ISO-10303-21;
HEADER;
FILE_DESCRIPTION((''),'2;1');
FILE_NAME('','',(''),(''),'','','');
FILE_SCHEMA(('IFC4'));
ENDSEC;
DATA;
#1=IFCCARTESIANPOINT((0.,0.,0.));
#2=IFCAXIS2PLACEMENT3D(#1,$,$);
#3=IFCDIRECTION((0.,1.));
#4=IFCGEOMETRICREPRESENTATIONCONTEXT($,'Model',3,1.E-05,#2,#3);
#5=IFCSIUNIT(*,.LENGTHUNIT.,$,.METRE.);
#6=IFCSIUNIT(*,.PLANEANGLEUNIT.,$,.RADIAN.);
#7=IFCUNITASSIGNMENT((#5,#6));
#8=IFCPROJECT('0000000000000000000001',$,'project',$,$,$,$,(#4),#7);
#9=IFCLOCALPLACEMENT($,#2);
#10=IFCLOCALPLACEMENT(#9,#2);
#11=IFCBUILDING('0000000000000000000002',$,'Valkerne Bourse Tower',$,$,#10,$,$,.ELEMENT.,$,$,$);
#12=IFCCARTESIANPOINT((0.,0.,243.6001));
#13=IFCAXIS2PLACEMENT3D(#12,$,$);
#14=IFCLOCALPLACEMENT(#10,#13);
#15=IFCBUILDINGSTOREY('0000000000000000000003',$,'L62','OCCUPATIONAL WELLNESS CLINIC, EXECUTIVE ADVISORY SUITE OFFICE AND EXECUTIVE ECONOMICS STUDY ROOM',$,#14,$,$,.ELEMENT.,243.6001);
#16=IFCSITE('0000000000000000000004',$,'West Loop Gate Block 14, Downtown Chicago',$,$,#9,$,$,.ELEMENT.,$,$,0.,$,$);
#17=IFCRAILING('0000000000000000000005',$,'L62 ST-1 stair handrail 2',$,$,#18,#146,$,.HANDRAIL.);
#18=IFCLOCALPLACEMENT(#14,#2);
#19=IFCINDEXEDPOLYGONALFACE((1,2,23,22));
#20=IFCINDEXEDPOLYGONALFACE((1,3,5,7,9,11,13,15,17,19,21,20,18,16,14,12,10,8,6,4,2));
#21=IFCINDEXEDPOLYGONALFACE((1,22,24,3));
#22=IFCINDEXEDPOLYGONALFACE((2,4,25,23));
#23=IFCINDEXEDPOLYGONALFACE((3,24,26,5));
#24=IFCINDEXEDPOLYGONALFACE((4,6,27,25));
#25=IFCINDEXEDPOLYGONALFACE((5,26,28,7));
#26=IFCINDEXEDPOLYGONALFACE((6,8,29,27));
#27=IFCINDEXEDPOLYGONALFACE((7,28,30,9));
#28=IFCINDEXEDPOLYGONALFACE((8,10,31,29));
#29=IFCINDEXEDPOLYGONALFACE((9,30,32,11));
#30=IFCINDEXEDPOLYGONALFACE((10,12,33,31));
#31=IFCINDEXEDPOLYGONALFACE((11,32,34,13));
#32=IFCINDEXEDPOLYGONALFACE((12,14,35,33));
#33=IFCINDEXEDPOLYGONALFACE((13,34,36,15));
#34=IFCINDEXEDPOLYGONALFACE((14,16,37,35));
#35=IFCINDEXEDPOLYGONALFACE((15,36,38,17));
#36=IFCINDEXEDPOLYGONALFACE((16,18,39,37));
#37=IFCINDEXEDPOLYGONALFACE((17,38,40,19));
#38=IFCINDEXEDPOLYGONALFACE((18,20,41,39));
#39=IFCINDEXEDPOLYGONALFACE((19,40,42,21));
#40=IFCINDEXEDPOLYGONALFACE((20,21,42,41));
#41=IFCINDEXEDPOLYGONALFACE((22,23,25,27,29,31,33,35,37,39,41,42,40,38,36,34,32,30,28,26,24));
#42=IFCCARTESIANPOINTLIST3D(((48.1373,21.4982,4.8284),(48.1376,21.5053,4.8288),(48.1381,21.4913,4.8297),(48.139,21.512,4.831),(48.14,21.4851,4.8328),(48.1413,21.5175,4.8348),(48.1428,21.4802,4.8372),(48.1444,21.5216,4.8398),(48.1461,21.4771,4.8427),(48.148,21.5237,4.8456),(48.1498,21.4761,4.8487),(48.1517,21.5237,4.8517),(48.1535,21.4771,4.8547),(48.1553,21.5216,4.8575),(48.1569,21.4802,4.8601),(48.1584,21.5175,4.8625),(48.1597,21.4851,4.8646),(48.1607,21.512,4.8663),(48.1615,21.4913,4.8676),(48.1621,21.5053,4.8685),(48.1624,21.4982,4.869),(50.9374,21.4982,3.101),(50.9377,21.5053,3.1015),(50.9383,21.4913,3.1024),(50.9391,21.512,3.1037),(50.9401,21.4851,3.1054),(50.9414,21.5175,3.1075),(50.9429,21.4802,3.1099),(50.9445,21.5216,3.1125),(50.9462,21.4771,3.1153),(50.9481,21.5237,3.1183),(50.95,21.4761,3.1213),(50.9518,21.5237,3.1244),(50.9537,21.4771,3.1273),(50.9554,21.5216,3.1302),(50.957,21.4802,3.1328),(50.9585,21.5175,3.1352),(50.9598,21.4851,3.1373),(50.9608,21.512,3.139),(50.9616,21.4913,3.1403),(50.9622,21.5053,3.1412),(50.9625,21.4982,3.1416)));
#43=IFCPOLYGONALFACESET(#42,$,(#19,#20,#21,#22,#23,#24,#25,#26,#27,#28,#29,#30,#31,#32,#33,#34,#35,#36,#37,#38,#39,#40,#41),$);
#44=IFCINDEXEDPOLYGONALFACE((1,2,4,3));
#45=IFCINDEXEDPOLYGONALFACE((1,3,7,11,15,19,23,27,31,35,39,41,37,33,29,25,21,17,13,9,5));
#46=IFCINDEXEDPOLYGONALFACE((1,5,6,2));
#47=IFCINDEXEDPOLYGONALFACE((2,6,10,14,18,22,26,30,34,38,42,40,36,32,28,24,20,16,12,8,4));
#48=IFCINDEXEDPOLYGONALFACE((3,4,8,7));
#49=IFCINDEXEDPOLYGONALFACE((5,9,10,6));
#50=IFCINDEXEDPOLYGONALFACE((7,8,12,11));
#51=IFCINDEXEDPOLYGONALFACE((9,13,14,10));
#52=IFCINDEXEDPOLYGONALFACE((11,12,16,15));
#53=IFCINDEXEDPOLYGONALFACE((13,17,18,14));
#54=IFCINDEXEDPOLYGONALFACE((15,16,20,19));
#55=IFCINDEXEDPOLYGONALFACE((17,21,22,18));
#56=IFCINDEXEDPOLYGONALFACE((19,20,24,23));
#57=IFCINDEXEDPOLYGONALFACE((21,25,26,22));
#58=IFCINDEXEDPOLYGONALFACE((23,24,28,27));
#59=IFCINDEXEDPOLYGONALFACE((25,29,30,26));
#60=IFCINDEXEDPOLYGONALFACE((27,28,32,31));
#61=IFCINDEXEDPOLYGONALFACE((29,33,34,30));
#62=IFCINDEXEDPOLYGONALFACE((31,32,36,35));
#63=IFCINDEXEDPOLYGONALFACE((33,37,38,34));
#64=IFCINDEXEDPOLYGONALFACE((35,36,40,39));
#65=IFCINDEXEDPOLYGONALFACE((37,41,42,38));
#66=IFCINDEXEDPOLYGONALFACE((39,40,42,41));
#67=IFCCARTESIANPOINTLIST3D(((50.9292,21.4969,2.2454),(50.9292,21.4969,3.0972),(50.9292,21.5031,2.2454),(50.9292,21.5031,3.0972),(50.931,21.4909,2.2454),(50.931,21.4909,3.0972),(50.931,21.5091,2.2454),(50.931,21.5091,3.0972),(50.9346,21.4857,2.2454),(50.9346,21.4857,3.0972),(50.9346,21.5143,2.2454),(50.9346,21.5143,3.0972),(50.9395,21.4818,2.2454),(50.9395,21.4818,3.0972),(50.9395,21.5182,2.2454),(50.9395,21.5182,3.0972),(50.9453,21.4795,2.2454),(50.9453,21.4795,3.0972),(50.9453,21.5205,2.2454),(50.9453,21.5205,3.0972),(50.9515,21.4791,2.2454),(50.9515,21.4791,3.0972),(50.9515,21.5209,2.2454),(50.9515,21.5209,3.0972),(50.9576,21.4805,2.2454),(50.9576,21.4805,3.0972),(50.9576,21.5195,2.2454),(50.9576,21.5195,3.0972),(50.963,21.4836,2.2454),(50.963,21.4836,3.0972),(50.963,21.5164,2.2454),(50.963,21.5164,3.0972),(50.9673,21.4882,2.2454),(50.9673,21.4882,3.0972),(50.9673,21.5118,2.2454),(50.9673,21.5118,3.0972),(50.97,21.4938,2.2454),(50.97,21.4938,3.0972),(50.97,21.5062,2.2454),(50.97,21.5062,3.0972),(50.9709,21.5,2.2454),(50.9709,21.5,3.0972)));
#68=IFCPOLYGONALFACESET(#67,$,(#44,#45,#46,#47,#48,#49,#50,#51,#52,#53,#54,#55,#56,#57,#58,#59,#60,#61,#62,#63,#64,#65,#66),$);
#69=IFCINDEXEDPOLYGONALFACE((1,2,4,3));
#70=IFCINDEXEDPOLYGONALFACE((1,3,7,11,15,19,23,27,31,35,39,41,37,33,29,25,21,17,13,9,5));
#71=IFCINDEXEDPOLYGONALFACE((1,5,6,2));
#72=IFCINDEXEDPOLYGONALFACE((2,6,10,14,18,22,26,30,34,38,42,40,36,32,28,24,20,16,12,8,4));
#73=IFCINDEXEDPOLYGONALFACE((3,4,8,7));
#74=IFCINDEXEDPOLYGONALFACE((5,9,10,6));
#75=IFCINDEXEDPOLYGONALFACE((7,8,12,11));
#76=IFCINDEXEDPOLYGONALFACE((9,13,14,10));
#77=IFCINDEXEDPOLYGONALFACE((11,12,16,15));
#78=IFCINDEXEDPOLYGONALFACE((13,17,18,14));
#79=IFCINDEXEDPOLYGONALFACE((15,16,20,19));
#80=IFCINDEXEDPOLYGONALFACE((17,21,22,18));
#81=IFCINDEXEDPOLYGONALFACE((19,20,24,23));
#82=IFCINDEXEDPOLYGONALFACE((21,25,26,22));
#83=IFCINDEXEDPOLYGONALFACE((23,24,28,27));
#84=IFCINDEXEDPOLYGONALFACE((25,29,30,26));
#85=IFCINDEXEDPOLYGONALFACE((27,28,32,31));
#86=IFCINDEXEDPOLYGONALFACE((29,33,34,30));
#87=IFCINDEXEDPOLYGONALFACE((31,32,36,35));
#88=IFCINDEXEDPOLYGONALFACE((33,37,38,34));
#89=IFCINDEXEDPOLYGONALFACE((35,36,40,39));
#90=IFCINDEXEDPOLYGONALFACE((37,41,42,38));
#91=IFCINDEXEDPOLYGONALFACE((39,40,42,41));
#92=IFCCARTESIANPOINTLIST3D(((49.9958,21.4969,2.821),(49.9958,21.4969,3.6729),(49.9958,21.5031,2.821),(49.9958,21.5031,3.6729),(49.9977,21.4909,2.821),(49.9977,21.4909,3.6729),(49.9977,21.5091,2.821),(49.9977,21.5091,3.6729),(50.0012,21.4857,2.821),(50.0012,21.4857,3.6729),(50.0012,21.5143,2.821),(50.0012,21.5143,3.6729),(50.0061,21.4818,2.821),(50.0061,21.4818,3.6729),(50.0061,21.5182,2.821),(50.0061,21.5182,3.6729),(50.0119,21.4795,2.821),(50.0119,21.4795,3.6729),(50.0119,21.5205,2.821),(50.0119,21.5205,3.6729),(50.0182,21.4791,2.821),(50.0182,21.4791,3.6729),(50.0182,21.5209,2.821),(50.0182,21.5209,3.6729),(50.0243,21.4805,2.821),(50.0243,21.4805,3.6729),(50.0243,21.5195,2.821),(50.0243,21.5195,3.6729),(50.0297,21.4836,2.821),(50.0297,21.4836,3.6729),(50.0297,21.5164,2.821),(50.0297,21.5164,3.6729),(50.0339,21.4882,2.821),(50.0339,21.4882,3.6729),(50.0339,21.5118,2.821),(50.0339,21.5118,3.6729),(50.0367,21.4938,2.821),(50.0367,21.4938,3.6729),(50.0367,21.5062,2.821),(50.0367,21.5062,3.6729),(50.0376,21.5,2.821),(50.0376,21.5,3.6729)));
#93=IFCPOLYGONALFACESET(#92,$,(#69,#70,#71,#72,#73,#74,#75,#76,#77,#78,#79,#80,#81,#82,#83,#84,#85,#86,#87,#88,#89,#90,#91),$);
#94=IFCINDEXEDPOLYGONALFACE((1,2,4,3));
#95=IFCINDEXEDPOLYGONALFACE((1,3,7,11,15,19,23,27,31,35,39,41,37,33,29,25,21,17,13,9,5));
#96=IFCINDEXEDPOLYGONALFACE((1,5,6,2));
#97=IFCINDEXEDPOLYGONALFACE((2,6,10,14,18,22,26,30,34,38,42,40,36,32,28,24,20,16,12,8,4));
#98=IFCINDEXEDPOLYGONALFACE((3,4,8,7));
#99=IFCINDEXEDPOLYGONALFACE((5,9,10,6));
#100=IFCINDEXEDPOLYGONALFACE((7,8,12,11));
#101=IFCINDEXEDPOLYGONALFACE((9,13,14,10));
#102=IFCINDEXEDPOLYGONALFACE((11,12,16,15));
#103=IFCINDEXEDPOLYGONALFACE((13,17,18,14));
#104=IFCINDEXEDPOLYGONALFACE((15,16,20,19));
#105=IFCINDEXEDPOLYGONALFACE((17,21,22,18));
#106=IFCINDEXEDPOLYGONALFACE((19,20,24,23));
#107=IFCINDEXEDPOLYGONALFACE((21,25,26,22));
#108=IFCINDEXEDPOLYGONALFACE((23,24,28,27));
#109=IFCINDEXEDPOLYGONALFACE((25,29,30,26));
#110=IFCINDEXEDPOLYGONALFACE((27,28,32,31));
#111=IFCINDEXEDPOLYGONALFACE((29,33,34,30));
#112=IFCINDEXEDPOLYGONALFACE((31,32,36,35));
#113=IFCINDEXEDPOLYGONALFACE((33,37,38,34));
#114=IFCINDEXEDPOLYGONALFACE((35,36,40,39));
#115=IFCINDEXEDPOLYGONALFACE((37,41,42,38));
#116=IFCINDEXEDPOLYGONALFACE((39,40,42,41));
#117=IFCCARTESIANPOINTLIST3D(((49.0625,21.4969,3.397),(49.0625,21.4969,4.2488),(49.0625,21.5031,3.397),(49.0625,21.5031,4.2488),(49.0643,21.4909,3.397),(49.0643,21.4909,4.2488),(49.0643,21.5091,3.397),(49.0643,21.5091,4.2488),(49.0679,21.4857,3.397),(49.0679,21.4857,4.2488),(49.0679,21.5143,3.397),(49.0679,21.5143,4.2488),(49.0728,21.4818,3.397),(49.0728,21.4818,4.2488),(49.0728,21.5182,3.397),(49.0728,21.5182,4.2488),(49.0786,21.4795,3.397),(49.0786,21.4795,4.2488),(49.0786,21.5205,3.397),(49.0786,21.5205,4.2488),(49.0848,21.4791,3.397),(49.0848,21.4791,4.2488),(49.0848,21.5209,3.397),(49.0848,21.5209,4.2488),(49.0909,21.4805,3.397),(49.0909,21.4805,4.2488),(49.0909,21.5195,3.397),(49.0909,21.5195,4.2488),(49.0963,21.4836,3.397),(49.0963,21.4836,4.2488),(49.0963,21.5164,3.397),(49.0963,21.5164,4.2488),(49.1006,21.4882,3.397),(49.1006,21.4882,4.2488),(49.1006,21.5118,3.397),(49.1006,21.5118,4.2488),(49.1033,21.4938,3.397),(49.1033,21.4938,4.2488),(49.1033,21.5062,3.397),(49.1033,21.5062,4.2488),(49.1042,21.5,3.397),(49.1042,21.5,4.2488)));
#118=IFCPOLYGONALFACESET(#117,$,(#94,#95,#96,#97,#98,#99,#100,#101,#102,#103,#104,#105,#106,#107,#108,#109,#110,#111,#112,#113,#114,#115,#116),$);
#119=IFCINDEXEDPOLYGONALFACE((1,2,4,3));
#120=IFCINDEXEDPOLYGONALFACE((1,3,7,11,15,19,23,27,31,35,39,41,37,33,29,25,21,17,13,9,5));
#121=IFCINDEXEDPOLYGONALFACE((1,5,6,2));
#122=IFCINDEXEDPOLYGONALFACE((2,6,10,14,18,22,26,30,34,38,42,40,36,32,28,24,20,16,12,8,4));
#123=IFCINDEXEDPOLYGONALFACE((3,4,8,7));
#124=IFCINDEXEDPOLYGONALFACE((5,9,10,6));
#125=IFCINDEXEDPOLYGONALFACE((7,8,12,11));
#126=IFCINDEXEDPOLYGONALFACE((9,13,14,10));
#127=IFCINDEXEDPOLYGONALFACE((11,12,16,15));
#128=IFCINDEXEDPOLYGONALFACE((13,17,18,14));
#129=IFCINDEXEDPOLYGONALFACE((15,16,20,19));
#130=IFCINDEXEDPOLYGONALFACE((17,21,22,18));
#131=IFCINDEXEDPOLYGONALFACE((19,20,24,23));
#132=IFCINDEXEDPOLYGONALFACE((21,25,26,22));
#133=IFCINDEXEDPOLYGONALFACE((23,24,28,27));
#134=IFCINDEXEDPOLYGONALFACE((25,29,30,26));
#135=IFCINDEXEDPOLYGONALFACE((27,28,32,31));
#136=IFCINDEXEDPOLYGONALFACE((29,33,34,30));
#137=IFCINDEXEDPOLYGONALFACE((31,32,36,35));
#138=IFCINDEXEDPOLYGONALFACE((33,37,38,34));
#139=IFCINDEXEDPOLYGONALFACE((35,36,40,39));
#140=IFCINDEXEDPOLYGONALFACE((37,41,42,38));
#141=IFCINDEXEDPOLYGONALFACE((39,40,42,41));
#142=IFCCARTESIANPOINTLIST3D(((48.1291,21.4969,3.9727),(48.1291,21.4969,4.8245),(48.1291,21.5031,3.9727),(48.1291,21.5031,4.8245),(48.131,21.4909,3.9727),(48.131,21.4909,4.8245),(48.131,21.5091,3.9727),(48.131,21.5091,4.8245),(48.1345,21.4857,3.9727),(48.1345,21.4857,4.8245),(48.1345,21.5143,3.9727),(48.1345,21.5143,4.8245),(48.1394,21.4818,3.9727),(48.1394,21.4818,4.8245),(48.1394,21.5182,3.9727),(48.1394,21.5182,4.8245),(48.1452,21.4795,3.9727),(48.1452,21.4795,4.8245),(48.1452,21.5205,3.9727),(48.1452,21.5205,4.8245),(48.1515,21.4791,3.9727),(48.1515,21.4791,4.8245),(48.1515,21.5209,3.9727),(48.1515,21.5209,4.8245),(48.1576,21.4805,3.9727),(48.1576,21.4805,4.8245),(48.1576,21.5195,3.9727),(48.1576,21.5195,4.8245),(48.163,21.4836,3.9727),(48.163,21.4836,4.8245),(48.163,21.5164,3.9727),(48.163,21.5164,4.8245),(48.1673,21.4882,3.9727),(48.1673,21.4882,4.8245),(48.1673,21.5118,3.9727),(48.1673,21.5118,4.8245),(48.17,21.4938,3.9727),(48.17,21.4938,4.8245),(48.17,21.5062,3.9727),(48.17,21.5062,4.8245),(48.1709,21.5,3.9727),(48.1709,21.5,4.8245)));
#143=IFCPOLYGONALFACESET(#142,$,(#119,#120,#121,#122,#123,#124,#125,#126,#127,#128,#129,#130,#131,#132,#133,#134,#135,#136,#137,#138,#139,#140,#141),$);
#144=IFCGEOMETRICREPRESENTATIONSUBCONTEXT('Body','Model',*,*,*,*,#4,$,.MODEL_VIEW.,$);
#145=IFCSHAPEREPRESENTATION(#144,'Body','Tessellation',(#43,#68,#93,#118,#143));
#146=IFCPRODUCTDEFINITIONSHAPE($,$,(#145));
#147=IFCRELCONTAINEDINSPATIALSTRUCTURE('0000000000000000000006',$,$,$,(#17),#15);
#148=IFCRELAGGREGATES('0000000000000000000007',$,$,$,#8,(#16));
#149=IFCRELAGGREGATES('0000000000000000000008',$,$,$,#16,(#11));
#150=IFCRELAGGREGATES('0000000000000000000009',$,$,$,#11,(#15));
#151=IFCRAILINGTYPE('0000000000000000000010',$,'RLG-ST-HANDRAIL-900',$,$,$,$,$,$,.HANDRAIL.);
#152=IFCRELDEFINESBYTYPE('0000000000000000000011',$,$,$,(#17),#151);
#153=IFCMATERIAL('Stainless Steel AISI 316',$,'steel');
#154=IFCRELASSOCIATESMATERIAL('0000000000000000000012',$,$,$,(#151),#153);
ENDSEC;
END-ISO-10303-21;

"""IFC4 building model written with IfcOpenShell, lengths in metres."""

from ifc_helpers import new_model, si_unit, direction, frame, origin, origin_2d, place, context, subcontext, project, spatial, circle, extrude, material, type_object, element, save


model = new_model("IFC4")

# Units and contexts
model_context = context("Model", 3, precision=1e-05, world=origin(), true_north=direction((0.0, 1.0)))
body_context = subcontext(model_context, "Body", "Model", "MODEL_VIEW")
ifc_project = project(units=[si_unit("LENGTHUNIT", "METRE"), si_unit("PLANEANGLEUNIT", "RADIAN")], contexts=[model_context])

# Site, building, storey
site_placement = place(None, origin())
site = spatial("IfcSite", under=ifc_project, at=site_placement, Name="West Loop Gate Block 14, Downtown Chicago", CompositionType="ELEMENT", RefElevation=0.0)
building_placement = place(site_placement, origin())
building = spatial("IfcBuilding", under=site, at=building_placement, Name="Valkerne Bourse Tower", CompositionType="ELEMENT")
storey_placement = place(building_placement, frame((0.0, 0.0, 243.6001)))
storey = spatial("IfcBuildingStorey", under=building, at=storey_placement, Name="L62", Description="OCCUPATIONAL WELLNESS CLINIC, EXECUTIVE ADVISORY SUITE OFFICE AND EXECUTIVE ECONOMICS STUDY ROOM", CompositionType="ELEMENT", Elevation=243.6001)

# Shared definitions
ifc_material_1 = material(Name="Stainless Steel AISI 316", Category="steel")

# Railing
railing_type_1 = type_object("IfcRailingType", Name="RLG-ST-HANDRAIL-900", PredefinedType="HANDRAIL", material=ifc_material_1)
railing_1_placement = place(storey_placement, frame((50.95, 21.5, 2.2454)))
element("IfcRailing", 1, at=railing_1_placement, inside=storey, type_object=railing_type_1, Name="L62 ST-1 stair handrail 2", PredefinedType="HANDRAIL", context=body_context, shape_type="SweptSolid", body=[
    extrude(circle(Radius=0.0239, at=origin_2d()), frame((0.0, 0.0, 0.876), z_axis=(-0.85109, 0.0, 0.52502), x_axis=(0.0, -1.0, 0.0)), (0.0, 0.0, 1.0), 3.29),
    extrude(circle(Radius=0.021, at=origin_2d()), origin(), (0.0, 0.0, 1.0), 0.8518),
    extrude(circle(Radius=0.021, at=origin_2d()), frame((-0.9333, 0.0, 0.5757)), (0.0, 0.0, 1.0), 0.8518),
    extrude(circle(Radius=0.021, at=origin_2d()), frame((-1.8667, 0.0, 1.1516)), (0.0, 0.0, 1.0), 0.8518),
    extrude(circle(Radius=0.021, at=origin_2d()), frame((-2.8, 0.0, 1.7273)), (0.0, 0.0, 1.0), 0.8518),
])

save(model, "model.ifc")
